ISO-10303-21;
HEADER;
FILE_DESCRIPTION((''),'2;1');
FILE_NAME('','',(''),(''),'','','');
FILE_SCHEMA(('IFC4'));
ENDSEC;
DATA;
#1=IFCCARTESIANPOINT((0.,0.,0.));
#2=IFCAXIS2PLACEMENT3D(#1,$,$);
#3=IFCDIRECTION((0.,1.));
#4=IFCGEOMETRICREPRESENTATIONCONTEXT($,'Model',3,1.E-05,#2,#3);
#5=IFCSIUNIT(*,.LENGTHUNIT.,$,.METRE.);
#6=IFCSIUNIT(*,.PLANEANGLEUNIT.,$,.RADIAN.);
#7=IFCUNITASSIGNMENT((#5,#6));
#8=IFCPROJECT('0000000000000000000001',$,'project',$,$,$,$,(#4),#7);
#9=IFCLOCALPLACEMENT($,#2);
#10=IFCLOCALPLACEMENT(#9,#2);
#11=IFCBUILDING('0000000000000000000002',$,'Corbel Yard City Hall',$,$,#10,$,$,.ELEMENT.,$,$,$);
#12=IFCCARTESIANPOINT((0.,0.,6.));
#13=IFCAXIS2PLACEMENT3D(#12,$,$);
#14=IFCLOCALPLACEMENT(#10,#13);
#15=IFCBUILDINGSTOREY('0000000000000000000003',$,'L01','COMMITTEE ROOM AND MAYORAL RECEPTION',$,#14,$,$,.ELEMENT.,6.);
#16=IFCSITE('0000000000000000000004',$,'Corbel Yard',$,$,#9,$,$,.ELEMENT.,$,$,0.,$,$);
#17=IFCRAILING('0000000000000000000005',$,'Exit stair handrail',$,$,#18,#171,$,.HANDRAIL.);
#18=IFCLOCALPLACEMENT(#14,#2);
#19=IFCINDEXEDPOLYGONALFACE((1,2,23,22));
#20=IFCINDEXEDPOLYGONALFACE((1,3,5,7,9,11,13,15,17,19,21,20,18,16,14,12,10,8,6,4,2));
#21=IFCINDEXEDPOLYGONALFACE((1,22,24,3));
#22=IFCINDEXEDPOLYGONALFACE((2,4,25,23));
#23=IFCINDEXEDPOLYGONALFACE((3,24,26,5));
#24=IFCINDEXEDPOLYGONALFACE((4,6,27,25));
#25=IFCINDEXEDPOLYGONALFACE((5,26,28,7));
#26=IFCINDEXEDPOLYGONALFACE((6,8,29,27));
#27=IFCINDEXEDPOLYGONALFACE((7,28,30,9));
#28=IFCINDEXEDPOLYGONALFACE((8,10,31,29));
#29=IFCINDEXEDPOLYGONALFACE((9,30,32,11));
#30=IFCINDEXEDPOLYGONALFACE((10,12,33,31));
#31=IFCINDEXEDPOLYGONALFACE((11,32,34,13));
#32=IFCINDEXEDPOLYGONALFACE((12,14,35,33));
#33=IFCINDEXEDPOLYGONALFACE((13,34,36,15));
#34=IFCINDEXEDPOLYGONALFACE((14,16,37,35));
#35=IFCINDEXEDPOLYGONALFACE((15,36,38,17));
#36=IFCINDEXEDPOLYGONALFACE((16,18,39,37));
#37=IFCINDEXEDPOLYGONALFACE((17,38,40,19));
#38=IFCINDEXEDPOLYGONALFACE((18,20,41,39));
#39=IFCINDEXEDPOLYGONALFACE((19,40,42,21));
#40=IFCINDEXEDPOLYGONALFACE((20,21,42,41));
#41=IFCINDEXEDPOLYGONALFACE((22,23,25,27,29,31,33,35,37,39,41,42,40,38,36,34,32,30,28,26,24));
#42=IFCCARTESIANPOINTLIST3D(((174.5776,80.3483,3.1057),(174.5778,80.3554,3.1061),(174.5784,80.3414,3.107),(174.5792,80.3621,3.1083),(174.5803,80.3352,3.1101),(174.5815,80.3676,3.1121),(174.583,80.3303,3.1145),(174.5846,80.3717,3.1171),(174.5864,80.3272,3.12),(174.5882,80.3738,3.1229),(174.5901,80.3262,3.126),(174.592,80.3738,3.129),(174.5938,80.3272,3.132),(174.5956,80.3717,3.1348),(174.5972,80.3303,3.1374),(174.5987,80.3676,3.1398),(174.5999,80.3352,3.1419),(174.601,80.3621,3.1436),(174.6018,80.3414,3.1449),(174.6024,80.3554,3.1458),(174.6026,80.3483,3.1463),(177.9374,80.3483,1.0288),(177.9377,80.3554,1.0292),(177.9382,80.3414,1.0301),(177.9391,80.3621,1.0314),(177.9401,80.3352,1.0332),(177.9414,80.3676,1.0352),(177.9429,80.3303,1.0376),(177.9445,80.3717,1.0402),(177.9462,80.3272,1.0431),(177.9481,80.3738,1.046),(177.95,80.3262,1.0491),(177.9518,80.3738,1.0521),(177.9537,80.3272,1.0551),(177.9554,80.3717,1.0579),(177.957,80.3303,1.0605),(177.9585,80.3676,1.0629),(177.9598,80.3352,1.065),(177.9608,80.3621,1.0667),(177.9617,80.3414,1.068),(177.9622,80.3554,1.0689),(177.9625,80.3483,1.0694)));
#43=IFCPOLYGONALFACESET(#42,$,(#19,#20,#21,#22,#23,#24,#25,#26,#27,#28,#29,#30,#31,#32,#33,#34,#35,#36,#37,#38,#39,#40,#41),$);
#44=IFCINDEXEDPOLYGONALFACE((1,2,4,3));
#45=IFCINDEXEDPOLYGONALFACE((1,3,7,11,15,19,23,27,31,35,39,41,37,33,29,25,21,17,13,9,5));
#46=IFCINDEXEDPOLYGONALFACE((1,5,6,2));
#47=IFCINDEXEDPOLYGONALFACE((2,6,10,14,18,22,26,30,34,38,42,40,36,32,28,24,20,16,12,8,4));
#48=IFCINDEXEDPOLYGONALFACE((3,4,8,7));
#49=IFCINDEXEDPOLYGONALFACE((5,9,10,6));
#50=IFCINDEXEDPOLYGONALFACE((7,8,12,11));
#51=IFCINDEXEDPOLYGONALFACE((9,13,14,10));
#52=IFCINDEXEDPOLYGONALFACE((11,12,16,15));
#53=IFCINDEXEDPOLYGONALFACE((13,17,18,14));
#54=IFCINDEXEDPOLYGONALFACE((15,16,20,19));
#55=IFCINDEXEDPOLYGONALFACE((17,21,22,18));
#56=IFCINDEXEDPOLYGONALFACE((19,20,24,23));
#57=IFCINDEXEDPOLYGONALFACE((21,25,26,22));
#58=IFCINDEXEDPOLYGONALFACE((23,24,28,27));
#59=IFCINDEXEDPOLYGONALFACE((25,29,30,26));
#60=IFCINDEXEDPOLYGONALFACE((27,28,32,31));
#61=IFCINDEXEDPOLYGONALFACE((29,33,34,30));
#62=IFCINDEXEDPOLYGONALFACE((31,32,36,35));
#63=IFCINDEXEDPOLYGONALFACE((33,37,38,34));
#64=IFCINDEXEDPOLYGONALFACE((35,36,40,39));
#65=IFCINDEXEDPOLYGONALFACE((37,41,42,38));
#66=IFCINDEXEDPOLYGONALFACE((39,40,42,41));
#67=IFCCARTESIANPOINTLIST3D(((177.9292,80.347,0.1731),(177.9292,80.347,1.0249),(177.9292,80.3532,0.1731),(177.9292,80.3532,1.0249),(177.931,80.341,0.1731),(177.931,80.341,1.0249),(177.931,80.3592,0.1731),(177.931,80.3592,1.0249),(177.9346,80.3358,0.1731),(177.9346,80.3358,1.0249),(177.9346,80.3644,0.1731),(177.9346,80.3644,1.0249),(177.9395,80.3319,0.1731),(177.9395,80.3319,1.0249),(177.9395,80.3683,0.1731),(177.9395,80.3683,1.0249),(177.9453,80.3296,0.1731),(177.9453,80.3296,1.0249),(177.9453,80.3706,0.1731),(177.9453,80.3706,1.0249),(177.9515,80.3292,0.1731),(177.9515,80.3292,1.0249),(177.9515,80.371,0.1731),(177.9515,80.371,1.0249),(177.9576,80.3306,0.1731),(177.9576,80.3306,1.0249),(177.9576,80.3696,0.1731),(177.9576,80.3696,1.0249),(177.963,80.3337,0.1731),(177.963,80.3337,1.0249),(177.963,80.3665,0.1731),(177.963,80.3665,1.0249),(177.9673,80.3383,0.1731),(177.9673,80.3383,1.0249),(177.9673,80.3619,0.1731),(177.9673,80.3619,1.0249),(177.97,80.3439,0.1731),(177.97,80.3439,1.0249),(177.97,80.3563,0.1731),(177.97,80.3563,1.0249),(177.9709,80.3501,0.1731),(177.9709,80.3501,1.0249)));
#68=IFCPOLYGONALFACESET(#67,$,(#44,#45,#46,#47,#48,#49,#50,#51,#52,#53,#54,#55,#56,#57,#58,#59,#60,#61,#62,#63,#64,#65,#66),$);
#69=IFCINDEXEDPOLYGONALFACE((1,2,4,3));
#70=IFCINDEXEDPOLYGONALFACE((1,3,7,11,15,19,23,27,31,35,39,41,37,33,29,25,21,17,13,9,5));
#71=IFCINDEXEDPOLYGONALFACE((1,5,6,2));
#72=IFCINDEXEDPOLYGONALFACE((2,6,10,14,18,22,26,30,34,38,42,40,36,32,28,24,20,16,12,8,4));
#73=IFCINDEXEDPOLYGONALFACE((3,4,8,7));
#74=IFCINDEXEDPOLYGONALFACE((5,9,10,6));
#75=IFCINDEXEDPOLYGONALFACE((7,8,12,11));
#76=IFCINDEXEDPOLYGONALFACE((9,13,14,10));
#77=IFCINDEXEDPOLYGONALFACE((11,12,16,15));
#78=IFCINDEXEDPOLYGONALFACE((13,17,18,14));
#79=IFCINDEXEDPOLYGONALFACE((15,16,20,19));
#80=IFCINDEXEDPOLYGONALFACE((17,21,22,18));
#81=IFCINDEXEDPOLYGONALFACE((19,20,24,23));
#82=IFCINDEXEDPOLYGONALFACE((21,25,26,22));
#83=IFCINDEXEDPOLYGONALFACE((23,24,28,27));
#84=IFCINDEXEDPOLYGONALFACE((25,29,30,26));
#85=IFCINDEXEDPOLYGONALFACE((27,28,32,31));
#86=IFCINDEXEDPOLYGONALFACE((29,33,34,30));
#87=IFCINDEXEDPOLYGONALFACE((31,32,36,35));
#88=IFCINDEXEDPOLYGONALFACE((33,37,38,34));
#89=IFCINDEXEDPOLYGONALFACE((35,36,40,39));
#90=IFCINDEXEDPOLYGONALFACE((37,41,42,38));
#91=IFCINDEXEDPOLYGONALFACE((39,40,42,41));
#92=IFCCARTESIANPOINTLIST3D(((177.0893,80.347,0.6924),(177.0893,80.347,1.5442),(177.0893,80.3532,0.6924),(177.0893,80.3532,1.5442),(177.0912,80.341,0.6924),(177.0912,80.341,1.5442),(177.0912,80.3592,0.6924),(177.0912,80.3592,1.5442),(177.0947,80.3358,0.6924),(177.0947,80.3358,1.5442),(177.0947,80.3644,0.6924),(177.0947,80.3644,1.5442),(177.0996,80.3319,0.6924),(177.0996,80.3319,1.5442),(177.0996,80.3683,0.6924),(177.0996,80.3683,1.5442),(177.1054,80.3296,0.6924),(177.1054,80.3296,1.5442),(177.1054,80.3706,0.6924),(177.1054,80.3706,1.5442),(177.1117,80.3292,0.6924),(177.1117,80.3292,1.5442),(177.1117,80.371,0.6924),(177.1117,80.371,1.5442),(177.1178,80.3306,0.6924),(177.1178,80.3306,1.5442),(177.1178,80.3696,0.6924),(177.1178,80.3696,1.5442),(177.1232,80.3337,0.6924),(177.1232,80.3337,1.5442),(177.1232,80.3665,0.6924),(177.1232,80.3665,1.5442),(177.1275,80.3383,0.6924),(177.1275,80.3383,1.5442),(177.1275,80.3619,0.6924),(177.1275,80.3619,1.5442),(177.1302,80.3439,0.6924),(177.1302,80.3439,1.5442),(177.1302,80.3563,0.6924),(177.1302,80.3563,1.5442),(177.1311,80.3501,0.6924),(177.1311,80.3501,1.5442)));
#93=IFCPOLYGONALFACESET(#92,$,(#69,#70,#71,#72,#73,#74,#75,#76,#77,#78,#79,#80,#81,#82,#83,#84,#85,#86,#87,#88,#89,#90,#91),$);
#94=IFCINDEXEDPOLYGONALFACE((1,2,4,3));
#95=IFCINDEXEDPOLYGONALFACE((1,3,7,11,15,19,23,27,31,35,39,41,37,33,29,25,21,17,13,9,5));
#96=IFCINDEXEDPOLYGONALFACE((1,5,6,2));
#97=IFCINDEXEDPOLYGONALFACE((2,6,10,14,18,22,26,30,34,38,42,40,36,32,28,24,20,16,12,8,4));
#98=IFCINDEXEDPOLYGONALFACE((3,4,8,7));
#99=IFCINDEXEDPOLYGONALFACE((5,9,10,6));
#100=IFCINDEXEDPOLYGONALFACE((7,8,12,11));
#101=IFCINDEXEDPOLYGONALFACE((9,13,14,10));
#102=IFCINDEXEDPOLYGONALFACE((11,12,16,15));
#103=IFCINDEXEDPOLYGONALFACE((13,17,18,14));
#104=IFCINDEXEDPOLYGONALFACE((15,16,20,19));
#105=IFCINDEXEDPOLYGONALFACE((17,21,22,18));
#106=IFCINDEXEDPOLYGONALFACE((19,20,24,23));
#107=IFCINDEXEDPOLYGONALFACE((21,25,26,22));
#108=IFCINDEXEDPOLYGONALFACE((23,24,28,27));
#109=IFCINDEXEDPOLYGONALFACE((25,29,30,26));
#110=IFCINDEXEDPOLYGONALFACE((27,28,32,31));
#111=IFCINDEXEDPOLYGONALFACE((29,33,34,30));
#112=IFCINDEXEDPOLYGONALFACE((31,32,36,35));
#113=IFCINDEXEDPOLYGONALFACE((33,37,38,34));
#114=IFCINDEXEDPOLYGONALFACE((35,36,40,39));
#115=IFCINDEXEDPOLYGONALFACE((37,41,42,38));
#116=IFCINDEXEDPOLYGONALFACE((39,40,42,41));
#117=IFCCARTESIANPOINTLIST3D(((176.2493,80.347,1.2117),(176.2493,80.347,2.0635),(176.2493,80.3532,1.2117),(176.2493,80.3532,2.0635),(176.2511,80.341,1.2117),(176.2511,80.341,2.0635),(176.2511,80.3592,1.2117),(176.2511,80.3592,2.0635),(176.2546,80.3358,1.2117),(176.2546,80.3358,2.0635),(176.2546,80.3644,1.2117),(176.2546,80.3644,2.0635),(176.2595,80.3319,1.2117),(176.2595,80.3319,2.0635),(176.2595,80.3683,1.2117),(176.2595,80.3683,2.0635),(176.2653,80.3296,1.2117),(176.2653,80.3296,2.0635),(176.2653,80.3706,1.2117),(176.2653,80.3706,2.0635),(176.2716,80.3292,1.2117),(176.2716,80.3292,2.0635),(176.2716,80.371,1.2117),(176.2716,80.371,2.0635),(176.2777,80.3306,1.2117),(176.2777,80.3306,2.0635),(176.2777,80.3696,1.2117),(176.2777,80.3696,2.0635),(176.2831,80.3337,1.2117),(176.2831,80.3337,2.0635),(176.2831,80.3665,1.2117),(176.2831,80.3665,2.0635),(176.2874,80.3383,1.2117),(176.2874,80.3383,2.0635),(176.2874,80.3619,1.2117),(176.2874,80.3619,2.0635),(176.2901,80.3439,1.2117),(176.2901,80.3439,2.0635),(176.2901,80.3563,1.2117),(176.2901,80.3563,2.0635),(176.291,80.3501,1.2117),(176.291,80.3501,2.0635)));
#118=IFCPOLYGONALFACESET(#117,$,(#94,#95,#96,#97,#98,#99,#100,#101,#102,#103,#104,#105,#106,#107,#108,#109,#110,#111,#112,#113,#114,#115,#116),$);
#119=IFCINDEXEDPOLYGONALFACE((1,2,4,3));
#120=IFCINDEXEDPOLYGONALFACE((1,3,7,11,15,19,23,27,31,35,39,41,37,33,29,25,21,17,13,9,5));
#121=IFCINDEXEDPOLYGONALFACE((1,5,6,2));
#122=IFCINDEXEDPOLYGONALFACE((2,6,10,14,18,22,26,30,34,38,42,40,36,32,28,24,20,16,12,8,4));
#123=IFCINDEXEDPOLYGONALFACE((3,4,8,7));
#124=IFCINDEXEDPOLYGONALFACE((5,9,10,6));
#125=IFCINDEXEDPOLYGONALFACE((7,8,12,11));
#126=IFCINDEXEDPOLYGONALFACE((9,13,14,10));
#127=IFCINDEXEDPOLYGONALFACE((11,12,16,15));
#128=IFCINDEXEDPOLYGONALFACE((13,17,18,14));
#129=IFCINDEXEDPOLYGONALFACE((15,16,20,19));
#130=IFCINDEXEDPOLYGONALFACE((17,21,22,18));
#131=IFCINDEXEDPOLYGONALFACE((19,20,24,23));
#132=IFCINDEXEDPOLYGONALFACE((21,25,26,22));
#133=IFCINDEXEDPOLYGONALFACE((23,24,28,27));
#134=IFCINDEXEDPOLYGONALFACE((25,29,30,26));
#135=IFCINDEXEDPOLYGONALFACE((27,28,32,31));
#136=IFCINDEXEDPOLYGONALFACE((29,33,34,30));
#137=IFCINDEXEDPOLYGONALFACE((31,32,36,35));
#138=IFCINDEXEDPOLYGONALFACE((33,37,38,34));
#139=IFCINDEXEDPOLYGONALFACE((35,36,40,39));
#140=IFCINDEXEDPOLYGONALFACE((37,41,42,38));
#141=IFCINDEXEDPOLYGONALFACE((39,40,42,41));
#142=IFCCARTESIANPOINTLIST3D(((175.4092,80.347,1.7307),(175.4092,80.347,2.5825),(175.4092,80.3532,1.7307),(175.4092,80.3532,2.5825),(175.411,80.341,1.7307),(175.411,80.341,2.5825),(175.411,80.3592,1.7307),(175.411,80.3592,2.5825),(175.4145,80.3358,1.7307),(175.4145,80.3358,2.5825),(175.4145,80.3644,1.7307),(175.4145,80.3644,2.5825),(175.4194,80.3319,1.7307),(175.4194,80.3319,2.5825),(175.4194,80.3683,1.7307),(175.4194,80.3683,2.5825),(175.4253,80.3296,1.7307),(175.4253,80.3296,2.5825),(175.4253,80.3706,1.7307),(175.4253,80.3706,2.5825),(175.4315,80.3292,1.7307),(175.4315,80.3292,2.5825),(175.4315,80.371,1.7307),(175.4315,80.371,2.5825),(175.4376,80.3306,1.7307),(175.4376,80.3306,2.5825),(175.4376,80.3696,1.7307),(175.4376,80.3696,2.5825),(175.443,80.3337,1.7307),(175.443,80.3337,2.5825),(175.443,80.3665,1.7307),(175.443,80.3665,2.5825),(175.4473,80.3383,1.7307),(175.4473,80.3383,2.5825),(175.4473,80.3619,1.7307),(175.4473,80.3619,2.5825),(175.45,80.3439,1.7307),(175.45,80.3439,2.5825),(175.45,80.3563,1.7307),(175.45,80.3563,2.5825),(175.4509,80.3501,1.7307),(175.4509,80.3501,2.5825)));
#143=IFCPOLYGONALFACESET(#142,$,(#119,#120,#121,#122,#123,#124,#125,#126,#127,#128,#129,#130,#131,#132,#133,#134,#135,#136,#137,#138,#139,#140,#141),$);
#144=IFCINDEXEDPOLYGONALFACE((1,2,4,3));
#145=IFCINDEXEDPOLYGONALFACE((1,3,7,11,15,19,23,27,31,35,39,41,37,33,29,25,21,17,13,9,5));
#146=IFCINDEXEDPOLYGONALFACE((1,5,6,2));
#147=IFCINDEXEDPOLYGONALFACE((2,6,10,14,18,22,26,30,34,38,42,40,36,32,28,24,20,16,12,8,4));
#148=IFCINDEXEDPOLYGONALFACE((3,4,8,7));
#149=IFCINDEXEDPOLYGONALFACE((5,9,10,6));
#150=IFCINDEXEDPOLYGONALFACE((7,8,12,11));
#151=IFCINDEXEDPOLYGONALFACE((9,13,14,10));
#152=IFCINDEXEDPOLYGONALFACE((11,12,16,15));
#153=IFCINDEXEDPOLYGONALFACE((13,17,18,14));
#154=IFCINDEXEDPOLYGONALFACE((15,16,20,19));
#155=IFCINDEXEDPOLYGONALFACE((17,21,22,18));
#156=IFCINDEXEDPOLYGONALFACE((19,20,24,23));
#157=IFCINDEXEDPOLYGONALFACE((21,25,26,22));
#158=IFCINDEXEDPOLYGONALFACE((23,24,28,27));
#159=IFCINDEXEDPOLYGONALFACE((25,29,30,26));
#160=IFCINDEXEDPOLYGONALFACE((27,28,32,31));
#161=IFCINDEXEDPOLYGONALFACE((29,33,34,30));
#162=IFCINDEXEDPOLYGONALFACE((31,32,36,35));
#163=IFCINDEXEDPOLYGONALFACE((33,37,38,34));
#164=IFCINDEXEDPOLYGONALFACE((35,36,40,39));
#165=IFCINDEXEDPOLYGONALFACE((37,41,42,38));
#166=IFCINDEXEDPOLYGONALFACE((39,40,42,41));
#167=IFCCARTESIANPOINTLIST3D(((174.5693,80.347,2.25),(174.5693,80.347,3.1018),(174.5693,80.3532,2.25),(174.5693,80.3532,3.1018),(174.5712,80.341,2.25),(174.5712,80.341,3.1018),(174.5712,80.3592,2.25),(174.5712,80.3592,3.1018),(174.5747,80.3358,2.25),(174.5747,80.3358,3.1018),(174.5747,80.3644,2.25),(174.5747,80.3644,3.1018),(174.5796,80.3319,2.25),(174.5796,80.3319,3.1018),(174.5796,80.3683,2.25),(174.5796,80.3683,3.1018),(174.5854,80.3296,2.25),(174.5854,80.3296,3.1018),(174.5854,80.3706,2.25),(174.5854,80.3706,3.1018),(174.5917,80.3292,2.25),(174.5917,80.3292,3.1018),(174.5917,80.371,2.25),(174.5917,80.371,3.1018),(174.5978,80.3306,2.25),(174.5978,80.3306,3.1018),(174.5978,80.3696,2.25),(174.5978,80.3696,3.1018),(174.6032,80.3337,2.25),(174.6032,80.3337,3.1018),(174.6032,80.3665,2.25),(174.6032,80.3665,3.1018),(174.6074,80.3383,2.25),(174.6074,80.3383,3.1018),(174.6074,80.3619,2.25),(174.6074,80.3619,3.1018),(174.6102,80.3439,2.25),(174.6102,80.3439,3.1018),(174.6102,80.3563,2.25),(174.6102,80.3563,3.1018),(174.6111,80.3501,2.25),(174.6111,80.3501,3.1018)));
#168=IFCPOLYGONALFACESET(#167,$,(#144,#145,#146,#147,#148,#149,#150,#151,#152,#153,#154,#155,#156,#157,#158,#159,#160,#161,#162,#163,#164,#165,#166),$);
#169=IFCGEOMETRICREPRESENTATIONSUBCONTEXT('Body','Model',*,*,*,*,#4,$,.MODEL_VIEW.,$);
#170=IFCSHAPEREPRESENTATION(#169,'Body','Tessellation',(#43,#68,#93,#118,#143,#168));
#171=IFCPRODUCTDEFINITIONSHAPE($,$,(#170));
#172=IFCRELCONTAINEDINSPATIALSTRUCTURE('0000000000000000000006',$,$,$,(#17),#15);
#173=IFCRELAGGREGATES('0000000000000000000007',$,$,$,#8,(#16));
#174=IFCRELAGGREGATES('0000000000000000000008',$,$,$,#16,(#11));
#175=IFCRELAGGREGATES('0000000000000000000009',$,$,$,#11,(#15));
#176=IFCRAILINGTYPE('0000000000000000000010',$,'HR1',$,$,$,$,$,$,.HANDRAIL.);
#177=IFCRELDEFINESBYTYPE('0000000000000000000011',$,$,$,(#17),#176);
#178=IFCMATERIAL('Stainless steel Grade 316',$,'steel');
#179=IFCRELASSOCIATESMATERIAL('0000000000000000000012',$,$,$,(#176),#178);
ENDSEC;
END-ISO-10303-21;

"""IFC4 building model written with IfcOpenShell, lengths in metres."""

from ifc_helpers import new_model, si_unit, direction, frame, origin, origin_2d, place, context, subcontext, project, spatial, circle, extrude, material, type_object, element, save


model = new_model("IFC4")

# Units and contexts
model_context = context("Model", 3, precision=1e-05, world=origin(), true_north=direction((0.0, 1.0)))
body_context = subcontext(model_context, "Body", "Model", "MODEL_VIEW")
ifc_project = project(units=[si_unit("LENGTHUNIT", "METRE"), si_unit("PLANEANGLEUNIT", "RADIAN")], contexts=[model_context])

# Site, building, storey
site_placement = place(None, origin())
site = spatial("IfcSite", under=ifc_project, at=site_placement, Name="Corbel Yard", CompositionType="ELEMENT", RefElevation=0.0)
building_placement = place(site_placement, origin())
building = spatial("IfcBuilding", under=site, at=building_placement, Name="Corbel Yard City Hall", CompositionType="ELEMENT")
storey_placement = place(building_placement, frame((0.0, 0.0, 6.0)))
storey = spatial("IfcBuildingStorey", under=building, at=storey_placement, Name="L01", Description="COMMITTEE ROOM AND MAYORAL RECEPTION", CompositionType="ELEMENT", Elevation=6.0)

# Shared definitions
ifc_material_1 = material(Name="Stainless steel Grade 316", Category="steel")

# Railing
railing_type_1 = type_object("IfcRailingType", Name="HR1", PredefinedType="HANDRAIL", material=ifc_material_1)
for number, where, name in (
    (1, (177.95, 80.3501, 0.1731), "Exit stair handrail"),
):
    element("IfcRailing", number, at=place(storey_placement, frame(where)), inside=storey, type_object=railing_type_1, Name=name, PredefinedType="HANDRAIL", context=body_context, shape_type="SweptSolid", body=[
        extrude(circle(Radius=0.0239, at=origin_2d()), frame((0.0, 0.0, 0.876), z_axis=(-0.850606, 0.0, 0.525803), x_axis=(0.0, -1.0, 0.0)), (0.0, 0.0, 1.0), 3.95),
        extrude(circle(Radius=0.021, at=origin_2d()), origin(), (0.0, 0.0, 1.0), 0.8518),
        extrude(circle(Radius=0.021, at=origin_2d()), frame((-0.8398, 0.0, 0.5193)), (0.0, 0.0, 1.0), 0.8518),
        extrude(circle(Radius=0.021, at=origin_2d()), frame((-1.6799, 0.0, 1.0386)), (0.0, 0.0, 1.0), 0.8518),
        extrude(circle(Radius=0.021, at=origin_2d()), frame((-2.52, 0.0, 1.5576)), (0.0, 0.0, 1.0), 0.8518),
        extrude(circle(Radius=0.021, at=origin_2d()), frame((-3.3599, 0.0, 2.0769)), (0.0, 0.0, 1.0), 0.8518),
    ])

save(model, "model.ifc")
